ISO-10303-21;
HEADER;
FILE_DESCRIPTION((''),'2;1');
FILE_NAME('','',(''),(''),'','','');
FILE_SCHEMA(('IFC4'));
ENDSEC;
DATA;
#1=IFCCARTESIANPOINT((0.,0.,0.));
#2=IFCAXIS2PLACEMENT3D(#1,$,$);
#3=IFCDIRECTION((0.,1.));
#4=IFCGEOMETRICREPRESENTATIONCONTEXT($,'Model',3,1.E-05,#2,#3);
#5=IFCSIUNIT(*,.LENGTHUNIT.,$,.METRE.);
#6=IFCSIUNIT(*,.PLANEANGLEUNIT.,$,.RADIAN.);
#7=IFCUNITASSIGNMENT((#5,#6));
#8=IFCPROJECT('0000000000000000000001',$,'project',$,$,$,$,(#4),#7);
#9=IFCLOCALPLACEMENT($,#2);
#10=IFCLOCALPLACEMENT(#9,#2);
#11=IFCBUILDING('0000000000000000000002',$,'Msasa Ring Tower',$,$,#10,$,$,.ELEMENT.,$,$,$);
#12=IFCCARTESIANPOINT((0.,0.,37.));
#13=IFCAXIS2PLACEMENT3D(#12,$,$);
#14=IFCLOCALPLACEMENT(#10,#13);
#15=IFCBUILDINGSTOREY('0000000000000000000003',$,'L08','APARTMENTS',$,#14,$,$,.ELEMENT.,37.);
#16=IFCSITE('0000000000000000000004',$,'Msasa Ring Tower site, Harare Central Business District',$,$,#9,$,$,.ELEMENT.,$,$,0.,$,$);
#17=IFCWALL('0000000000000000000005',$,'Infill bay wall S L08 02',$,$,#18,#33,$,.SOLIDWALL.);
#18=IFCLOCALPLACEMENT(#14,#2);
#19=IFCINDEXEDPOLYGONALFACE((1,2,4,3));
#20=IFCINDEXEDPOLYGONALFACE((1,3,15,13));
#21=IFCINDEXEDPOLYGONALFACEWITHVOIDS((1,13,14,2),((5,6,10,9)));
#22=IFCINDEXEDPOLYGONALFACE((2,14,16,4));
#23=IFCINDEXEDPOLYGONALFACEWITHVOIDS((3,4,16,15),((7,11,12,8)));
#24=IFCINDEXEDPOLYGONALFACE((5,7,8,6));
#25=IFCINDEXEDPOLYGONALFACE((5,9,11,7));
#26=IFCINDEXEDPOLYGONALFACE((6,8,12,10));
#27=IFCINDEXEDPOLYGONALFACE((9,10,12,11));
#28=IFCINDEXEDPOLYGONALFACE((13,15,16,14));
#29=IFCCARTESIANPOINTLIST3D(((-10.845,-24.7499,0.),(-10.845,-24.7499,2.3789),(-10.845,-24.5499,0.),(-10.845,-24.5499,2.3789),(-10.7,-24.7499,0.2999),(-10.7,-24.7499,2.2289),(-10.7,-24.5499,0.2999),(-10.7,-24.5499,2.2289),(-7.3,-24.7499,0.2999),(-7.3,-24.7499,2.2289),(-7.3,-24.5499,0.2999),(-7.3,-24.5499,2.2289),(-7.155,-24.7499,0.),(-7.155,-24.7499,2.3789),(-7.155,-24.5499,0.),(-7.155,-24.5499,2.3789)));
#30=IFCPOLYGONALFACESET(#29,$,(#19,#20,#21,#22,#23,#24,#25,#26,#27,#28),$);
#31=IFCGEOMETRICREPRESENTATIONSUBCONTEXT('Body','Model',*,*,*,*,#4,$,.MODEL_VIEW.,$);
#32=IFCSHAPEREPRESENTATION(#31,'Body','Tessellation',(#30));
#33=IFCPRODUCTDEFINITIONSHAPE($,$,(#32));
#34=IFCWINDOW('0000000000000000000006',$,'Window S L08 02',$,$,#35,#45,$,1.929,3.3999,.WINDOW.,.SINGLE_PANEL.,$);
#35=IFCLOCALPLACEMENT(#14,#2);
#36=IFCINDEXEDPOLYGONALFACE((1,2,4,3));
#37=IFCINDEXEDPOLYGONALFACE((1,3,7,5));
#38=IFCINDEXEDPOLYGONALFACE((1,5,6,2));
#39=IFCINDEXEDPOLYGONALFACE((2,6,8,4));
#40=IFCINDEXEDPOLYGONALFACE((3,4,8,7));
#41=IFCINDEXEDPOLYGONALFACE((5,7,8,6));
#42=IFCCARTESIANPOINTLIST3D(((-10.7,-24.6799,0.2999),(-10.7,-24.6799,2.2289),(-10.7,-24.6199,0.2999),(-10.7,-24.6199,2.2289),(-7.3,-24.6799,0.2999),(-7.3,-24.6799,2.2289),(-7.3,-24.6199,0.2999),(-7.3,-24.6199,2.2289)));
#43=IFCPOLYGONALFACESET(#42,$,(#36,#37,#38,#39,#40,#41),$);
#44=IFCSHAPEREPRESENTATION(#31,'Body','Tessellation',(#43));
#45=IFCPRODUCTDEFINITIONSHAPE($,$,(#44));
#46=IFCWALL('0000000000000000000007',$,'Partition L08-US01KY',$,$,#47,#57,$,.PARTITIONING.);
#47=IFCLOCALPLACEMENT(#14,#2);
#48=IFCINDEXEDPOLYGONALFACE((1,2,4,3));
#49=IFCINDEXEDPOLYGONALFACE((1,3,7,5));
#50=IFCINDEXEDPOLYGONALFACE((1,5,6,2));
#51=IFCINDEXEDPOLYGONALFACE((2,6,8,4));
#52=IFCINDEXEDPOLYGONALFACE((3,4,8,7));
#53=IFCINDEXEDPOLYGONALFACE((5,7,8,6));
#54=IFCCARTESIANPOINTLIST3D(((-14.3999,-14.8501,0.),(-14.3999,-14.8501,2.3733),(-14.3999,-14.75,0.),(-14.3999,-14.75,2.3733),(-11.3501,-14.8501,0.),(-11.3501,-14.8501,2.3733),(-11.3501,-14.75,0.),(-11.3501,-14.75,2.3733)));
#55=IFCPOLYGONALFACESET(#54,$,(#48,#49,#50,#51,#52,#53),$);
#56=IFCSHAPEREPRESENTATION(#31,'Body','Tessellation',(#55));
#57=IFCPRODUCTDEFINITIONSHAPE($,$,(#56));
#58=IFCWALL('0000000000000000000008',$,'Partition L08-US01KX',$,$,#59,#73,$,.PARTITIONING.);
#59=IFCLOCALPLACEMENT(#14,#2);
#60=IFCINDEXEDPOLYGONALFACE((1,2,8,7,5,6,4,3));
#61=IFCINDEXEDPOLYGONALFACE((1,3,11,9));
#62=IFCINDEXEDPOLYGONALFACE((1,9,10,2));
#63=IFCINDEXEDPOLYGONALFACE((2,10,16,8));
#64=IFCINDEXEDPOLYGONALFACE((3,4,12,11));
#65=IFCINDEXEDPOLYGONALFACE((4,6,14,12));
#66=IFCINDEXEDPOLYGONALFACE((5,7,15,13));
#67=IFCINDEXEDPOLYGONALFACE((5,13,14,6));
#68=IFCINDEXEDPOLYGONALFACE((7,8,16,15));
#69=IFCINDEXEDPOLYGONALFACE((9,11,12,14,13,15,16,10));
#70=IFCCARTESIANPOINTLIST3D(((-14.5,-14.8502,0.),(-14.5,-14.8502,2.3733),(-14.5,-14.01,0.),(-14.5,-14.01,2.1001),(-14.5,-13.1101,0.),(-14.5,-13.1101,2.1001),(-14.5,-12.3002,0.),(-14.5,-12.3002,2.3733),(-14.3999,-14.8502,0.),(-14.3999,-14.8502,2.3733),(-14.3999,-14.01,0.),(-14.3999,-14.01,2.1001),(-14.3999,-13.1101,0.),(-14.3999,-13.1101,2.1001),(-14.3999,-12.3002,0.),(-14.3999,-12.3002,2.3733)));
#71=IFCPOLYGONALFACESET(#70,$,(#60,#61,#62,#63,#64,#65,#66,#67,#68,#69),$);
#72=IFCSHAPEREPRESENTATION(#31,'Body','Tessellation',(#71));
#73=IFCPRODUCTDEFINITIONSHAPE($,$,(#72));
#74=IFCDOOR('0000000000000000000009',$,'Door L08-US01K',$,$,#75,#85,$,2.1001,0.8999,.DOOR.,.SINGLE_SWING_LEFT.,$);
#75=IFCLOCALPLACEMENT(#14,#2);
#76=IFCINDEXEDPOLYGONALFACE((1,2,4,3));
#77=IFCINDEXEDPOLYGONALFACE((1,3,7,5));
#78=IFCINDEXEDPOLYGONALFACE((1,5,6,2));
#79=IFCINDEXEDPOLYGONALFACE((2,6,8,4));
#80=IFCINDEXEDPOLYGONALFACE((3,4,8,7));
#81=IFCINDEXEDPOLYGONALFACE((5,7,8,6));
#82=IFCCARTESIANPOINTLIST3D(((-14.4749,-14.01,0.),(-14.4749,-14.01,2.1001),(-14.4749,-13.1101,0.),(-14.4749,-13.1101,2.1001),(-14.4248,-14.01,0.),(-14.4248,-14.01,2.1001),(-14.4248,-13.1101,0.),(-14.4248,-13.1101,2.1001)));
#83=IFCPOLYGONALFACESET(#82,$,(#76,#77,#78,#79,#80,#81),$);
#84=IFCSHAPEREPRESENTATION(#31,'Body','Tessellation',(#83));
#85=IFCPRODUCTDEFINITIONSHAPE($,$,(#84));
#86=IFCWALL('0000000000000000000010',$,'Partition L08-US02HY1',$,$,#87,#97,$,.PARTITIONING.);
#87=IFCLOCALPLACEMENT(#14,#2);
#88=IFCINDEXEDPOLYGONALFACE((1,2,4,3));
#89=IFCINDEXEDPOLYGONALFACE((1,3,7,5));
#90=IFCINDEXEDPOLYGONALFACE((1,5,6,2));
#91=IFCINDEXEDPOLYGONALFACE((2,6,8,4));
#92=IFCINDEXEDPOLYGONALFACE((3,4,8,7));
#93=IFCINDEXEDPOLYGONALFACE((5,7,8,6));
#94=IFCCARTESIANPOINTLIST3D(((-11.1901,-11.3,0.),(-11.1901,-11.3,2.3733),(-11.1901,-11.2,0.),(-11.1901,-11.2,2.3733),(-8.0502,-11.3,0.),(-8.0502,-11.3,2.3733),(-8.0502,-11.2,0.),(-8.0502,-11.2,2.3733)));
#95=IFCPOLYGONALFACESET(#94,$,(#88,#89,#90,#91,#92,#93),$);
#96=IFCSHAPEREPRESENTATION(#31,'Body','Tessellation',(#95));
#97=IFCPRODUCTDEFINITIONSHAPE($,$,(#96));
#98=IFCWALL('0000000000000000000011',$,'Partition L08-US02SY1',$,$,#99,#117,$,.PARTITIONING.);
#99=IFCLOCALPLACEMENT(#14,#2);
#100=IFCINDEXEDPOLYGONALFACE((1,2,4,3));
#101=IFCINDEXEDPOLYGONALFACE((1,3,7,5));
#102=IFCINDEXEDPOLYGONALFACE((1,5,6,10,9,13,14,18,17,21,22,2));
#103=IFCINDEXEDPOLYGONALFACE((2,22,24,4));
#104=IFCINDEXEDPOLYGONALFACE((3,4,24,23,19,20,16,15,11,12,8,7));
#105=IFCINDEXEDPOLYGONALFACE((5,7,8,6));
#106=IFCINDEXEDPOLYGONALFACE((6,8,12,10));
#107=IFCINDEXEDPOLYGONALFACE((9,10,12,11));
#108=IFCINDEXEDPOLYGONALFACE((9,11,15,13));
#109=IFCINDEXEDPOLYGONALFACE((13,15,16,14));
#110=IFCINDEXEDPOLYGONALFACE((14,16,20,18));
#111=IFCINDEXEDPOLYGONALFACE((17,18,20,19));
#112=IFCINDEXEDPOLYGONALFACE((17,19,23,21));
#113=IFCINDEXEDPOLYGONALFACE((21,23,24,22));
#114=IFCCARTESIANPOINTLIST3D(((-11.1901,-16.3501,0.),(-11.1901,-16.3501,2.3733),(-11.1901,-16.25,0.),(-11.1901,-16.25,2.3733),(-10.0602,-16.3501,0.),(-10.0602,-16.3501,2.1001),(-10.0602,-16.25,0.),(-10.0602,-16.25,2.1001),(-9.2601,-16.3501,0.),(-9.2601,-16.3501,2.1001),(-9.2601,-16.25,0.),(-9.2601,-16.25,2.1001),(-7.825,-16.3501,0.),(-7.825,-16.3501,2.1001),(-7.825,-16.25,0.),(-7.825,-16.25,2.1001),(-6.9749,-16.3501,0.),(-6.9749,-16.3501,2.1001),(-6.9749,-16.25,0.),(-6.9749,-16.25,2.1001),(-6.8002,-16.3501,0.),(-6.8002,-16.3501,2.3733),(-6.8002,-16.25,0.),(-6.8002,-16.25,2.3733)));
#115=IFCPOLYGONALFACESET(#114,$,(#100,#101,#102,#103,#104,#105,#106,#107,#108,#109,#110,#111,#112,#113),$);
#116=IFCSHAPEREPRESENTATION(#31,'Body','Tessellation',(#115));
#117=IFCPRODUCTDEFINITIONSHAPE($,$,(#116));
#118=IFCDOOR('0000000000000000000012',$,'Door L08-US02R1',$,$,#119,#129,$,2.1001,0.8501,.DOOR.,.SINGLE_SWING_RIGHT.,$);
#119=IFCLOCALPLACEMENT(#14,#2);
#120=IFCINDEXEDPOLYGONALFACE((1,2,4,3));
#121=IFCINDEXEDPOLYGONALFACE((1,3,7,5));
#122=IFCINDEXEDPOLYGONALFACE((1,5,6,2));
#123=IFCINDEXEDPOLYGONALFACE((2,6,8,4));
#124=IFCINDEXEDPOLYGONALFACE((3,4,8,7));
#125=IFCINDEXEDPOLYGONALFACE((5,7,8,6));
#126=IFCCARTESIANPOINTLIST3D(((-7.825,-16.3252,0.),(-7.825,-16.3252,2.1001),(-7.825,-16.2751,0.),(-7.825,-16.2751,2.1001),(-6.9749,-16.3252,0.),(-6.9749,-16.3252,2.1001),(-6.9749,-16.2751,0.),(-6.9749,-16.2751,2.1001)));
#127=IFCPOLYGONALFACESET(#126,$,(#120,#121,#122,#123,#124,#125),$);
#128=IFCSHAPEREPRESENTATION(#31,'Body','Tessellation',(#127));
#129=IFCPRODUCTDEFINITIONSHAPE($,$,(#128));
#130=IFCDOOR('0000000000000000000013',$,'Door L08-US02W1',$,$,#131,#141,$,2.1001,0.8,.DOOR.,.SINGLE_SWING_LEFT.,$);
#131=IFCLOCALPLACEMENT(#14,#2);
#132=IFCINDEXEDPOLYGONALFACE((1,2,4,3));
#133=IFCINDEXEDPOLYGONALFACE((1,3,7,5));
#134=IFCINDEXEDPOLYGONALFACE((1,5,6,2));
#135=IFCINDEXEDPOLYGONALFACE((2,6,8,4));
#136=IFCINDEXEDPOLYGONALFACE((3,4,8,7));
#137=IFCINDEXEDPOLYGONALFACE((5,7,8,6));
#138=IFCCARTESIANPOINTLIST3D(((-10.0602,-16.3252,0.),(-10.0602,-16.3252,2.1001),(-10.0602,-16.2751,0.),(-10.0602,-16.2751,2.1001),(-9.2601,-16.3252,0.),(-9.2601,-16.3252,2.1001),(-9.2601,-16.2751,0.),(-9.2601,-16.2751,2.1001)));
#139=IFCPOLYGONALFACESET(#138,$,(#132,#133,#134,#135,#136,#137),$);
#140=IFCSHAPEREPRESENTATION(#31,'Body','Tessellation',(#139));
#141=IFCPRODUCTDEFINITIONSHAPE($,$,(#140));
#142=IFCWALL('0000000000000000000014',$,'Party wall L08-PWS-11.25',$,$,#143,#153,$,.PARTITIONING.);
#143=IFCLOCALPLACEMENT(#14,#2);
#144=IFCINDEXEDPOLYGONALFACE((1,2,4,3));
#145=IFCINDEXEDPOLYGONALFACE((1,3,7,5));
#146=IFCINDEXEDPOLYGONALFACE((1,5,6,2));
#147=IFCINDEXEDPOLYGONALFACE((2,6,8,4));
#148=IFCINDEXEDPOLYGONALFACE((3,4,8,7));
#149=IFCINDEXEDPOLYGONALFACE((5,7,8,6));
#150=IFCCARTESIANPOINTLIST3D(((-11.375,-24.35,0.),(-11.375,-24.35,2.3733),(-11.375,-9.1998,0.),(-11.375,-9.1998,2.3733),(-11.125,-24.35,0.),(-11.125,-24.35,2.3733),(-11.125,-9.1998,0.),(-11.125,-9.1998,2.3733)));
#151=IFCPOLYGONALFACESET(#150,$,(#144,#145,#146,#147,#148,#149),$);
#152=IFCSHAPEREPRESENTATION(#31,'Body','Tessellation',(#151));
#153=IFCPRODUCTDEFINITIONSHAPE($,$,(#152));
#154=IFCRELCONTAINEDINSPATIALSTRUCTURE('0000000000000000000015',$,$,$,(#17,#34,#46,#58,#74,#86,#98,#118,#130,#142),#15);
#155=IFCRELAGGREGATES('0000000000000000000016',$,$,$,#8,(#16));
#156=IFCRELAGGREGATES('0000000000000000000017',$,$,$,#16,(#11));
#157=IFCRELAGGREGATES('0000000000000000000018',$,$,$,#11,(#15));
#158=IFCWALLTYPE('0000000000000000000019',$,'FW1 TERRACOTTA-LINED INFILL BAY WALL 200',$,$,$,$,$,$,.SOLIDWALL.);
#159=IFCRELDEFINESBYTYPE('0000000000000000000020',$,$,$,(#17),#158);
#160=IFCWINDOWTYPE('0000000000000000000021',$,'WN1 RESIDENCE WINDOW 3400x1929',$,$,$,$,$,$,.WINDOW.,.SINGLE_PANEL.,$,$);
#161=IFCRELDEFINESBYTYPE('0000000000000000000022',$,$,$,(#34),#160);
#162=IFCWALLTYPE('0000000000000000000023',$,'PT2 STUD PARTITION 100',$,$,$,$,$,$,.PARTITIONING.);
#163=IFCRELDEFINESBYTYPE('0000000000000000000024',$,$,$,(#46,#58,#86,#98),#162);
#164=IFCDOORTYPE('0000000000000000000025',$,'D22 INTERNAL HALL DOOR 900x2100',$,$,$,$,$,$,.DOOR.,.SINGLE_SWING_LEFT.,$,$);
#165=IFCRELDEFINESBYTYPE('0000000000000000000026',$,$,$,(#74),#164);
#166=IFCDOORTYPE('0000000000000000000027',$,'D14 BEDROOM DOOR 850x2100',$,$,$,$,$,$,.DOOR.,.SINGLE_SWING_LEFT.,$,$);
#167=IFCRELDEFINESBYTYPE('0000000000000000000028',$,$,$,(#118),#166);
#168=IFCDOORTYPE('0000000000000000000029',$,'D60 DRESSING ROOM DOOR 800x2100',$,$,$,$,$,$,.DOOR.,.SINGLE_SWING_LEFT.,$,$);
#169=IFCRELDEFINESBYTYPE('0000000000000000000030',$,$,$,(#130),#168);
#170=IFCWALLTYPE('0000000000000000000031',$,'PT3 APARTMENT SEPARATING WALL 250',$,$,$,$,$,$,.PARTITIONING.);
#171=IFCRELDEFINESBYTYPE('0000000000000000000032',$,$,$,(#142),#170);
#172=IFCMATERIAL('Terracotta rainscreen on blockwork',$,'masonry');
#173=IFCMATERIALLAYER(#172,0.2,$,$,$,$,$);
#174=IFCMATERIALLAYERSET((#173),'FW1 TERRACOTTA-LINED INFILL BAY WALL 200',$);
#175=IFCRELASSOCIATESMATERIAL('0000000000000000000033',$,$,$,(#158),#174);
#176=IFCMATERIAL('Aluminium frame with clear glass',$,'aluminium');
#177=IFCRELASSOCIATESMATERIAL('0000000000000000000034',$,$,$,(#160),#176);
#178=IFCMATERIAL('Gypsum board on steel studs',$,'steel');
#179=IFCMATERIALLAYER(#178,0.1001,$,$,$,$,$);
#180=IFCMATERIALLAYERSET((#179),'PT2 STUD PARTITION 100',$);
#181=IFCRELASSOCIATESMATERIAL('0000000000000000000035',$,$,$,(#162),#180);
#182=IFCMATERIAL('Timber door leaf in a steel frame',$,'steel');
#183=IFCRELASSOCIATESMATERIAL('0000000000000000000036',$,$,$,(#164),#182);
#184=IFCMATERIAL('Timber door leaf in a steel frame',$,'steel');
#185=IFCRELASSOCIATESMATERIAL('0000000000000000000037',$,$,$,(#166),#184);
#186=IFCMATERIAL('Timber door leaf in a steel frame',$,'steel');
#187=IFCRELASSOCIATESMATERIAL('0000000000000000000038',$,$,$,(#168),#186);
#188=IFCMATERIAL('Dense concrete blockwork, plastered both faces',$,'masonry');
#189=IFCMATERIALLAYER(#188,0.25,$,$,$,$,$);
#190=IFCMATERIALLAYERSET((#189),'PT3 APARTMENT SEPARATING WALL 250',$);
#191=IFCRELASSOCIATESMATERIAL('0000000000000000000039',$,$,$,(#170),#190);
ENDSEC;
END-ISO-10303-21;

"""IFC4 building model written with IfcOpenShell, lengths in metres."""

from ifc_helpers import new_model, si_unit, direction, frame, frame_2d, origin, place, context, subcontext, project, spatial, rectangle, extrude, material, layer, layer_set, type_object, element, fill, save


model = new_model("IFC4")

# Units and contexts
model_context = context("Model", 3, precision=1e-05, world=origin(), true_north=direction((0.0, 1.0)))
body_context = subcontext(model_context, "Body", "Model", "MODEL_VIEW")
ifc_project = project(units=[si_unit("LENGTHUNIT", "METRE"), si_unit("PLANEANGLEUNIT", "RADIAN")], contexts=[model_context])

# Site, building, storey
site_placement = place(None, origin())
site = spatial("IfcSite", under=ifc_project, at=site_placement, Name="Msasa Ring Tower site, Harare Central Business District", CompositionType="ELEMENT", RefElevation=0.0)
building_placement = place(site_placement, origin())
building = spatial("IfcBuilding", under=site, at=building_placement, Name="Msasa Ring Tower", CompositionType="ELEMENT")
storey_placement = place(building_placement, frame((0.0, 0.0, 37.0)))
storey = spatial("IfcBuildingStorey", under=building, at=storey_placement, Name="L08", Description="APARTMENTS", CompositionType="ELEMENT", Elevation=37.0)

# Wall, opening, window
ifc_material_1 = material(Name="Terracotta rainscreen on blockwork", Category="masonry")
ifc_layer_1 = layer(ifc_material_1, 0.2)
ifc_layer_set_1 = layer_set([ifc_layer_1], Name="FW1 TERRACOTTA-LINED INFILL BAY WALL 200")
wall_type_1 = type_object("IfcWallType", Name="FW1 TERRACOTTA-LINED INFILL BAY WALL 200", PredefinedType="SOLIDWALL", material=ifc_layer_set_1)
wall_1_placement = place(storey_placement, frame((-10.845, -24.6499, 0.0), z_axis=(0.0, 0.0, 1.0), x_axis=(1.0, 0.0, 0.0)))
wall_1 = element("IfcWall", 1, at=wall_1_placement, inside=storey, type_object=wall_type_1, Name="Infill bay wall S L08 02", PredefinedType="SOLIDWALL", context=body_context, shape_type="SweptSolid", body=[
    extrude(rectangle(XDim=3.6899, YDim=0.2, at=frame_2d((1.845, 0.0))), origin(), (0.0, 0.0, 1.0), 2.3789),
])
opening_1_placement = place(wall_1_placement, frame((0.145, 0.0, 0.3)))
opening_1 = element("IfcOpeningElement", 2, at=opening_1_placement, cuts=wall_1, PredefinedType="OPENING", context=body_context, shape_type="SweptSolid", body=[
    extrude(rectangle(XDim=3.3999, YDim=1.929, at=frame_2d((1.7, 0.9644))), frame((0.0, 0.1099, 0.0), z_axis=(0.0, -1.0, 0.0), x_axis=(1.0, 0.0, 0.0)), (0.0, 0.0, 1.0), 0.22),
])
ifc_material_2 = material(Name="Aluminium frame with clear glass", Category="aluminium")
window_type = type_object("IfcWindowType", Name="WN1 RESIDENCE WINDOW 3400x1929", PartitioningType="SINGLE_PANEL", PredefinedType="WINDOW", material=ifc_material_2)
window_placement = place(opening_1_placement, origin())
window = element("IfcWindow", 3, at=window_placement, inside=storey, type_object=window_type, Name="Window S L08 02", OverallHeight=1.929, OverallWidth=3.3999, PartitioningType="SINGLE_PANEL", PredefinedType="WINDOW", context=body_context, shape_type="SweptSolid", body=[
    extrude(rectangle(XDim=3.3999, YDim=1.929, at=frame_2d((1.7, 0.9644))), frame((0.0, 0.03, 0.0), z_axis=(0.0, -1.0, 0.0), x_axis=(1.0, 0.0, 0.0)), (0.0, 0.0, 1.0), 0.0601),
])
fill(opening_1, window)

# Wall
ifc_material_3 = material(Name="Gypsum board on steel studs", Category="steel")
ifc_layer_2 = layer(ifc_material_3, 0.1001)
ifc_layer_set_2 = layer_set([ifc_layer_2], Name="PT2 STUD PARTITION 100")
wall_type_2 = type_object("IfcWallType", Name="PT2 STUD PARTITION 100", PredefinedType="PARTITIONING", material=ifc_layer_set_2)
wall_2_placement = place(storey_placement, frame((-14.3999, -14.8, 0.0), z_axis=(0.0, 0.0, 1.0), x_axis=(1.0, 0.0, 0.0)))
element("IfcWall", 4, at=wall_2_placement, inside=storey, type_object=wall_type_2, Name="Partition L08-US01KY", PredefinedType="PARTITIONING", context=body_context, shape_type="SweptSolid", body=[
    extrude(rectangle(XDim=3.0498, YDim=0.1001, at=frame_2d((1.5249, 0.0))), origin(), (0.0, 0.0, 1.0), 2.3733),
])

# Wall, opening, door
wall_3_placement = place(storey_placement, frame((-14.45, -14.8501, 0.0), z_axis=(0.0, 0.0, 1.0), x_axis=(0.0, 1.0, 0.0)))
wall_3 = element("IfcWall", 5, at=wall_3_placement, inside=storey, type_object=wall_type_2, Name="Partition L08-US01KX", PredefinedType="PARTITIONING", context=body_context, shape_type="SweptSolid", body=[
    extrude(rectangle(XDim=2.55, YDim=0.1001, at=frame_2d((1.2749, 0.0))), origin(), (0.0, 0.0, 1.0), 2.3733),
])
opening_2_placement = place(wall_3_placement, frame((0.8401, 0.0, 0.0)))
opening_2 = element("IfcOpeningElement", 6, at=opening_2_placement, cuts=wall_3, PredefinedType="OPENING", context=body_context, shape_type="SweptSolid", body=[
    extrude(rectangle(XDim=0.8999, YDim=2.1001, at=frame_2d((0.45, 1.05))), frame((0.0, 0.0601, 0.0), z_axis=(0.0, -1.0, 0.0), x_axis=(1.0, 0.0, 0.0)), (0.0, 0.0, 1.0), 0.1201),
])
ifc_material_4 = material(Name="Timber door leaf in a steel frame", Category="steel")
door_type_1 = type_object("IfcDoorType", Name="D22 INTERNAL HALL DOOR 900x2100", OperationType="SINGLE_SWING_LEFT", PredefinedType="DOOR", material=ifc_material_4)
door_1_placement = place(opening_2_placement, origin())
door_1 = element("IfcDoor", 7, at=door_1_placement, inside=storey, type_object=door_type_1, Name="Door L08-US01K", OperationType="SINGLE_SWING_LEFT", OverallHeight=2.1001, OverallWidth=0.8999, PredefinedType="DOOR", context=body_context, shape_type="SweptSolid", body=[
    extrude(rectangle(XDim=0.8999, YDim=2.1001, at=frame_2d((0.45, 1.05))), frame((0.0, 0.0249, 0.0), z_axis=(0.0, -1.0, 0.0), x_axis=(1.0, 0.0, 0.0)), (0.0, 0.0, 1.0), 0.05),
])
fill(opening_2, door_1)

# Wall
wall_4_placement = place(storey_placement, frame((-11.1899, -11.25, 0.0), z_axis=(0.0, 0.0, 1.0), x_axis=(1.0, 0.0, 0.0)))
element("IfcWall", 8, at=wall_4_placement, inside=storey, type_object=wall_type_2, Name="Partition L08-US02HY1", PredefinedType="PARTITIONING", context=body_context, shape_type="SweptSolid", body=[
    extrude(rectangle(XDim=3.1399, YDim=0.1001, at=frame_2d((1.5698, 0.0))), origin(), (0.0, 0.0, 1.0), 2.3733),
])

# Wall, openings, doors
wall_5_placement = place(storey_placement, frame((-11.1899, -16.3, 0.0), z_axis=(0.0, 0.0, 1.0), x_axis=(1.0, 0.0, 0.0)))
wall_5 = element("IfcWall", 9, at=wall_5_placement, inside=storey, type_object=wall_type_2, Name="Partition L08-US02SY1", PredefinedType="PARTITIONING", context=body_context, shape_type="SweptSolid", body=[
    extrude(rectangle(XDim=4.3899, YDim=0.1001, at=frame_2d((2.1948, 0.0))), origin(), (0.0, 0.0, 1.0), 2.3733),
])
opening_3_placement = place(wall_5_placement, frame((3.365, 0.0, 0.0)))
opening_3 = element("IfcOpeningElement", 10, at=opening_3_placement, cuts=wall_5, PredefinedType="OPENING", context=body_context, shape_type="SweptSolid", body=[
    extrude(rectangle(XDim=0.8501, YDim=2.1001, at=frame_2d((0.425, 1.05))), frame((0.0, 0.0601, 0.0), z_axis=(0.0, -1.0, 0.0), x_axis=(1.0, 0.0, 0.0)), (0.0, 0.0, 1.0), 0.1201),
])
opening_4_placement = place(wall_5_placement, frame((1.1299, 0.0, 0.0)))
opening_4 = element("IfcOpeningElement", 11, at=opening_4_placement, cuts=wall_5, PredefinedType="OPENING", context=body_context, shape_type="SweptSolid", body=[
    extrude(rectangle(XDim=0.8, YDim=2.1001, at=frame_2d((0.3999, 1.05))), frame((0.0, 0.0601, 0.0), z_axis=(0.0, -1.0, 0.0), x_axis=(1.0, 0.0, 0.0)), (0.0, 0.0, 1.0), 0.1201),
])
ifc_material_5 = material(Name="Timber door leaf in a steel frame", Category="steel")
door_type_2 = type_object("IfcDoorType", Name="D14 BEDROOM DOOR 850x2100", OperationType="SINGLE_SWING_LEFT", PredefinedType="DOOR", material=ifc_material_5)
door_2_placement = place(opening_3_placement, origin())
door_2 = element("IfcDoor", 12, at=door_2_placement, inside=storey, type_object=door_type_2, Name="Door L08-US02R1", OperationType="SINGLE_SWING_RIGHT", OverallHeight=2.1001, OverallWidth=0.8501, PredefinedType="DOOR", context=body_context, shape_type="SweptSolid", body=[
    extrude(rectangle(XDim=0.8501, YDim=2.1001, at=frame_2d((0.425, 1.05))), frame((0.0, 0.0249, 0.0), z_axis=(0.0, -1.0, 0.0), x_axis=(1.0, 0.0, 0.0)), (0.0, 0.0, 1.0), 0.05),
])
fill(opening_3, door_2)
ifc_material_6 = material(Name="Timber door leaf in a steel frame", Category="steel")
door_type_3 = type_object("IfcDoorType", Name="D60 DRESSING ROOM DOOR 800x2100", OperationType="SINGLE_SWING_LEFT", PredefinedType="DOOR", material=ifc_material_6)
door_3_placement = place(opening_4_placement, origin())
door_3 = element("IfcDoor", 13, at=door_3_placement, inside=storey, type_object=door_type_3, Name="Door L08-US02W1", OperationType="SINGLE_SWING_LEFT", OverallHeight=2.1001, OverallWidth=0.8, PredefinedType="DOOR", context=body_context, shape_type="SweptSolid", body=[
    extrude(rectangle(XDim=0.8, YDim=2.1001, at=frame_2d((0.3999, 1.05))), frame((0.0, 0.0249, 0.0), z_axis=(0.0, -1.0, 0.0), x_axis=(1.0, 0.0, 0.0)), (0.0, 0.0, 1.0), 0.05),
])
fill(opening_4, door_3)

# Wall
ifc_material_7 = material(Name="Dense concrete blockwork, plastered both faces", Category="masonry")
ifc_layer_3 = layer(ifc_material_7, 0.25)
ifc_layer_set_3 = layer_set([ifc_layer_3], Name="PT3 APARTMENT SEPARATING WALL 250")
wall_type_3 = type_object("IfcWallType", Name="PT3 APARTMENT SEPARATING WALL 250", PredefinedType="PARTITIONING", material=ifc_layer_set_3)
wall_6_placement = place(storey_placement, frame((-11.25, -24.3501, 0.0), z_axis=(0.0, 0.0, 1.0), x_axis=(0.0, 1.0, 0.0)))
element("IfcWall", 14, at=wall_6_placement, inside=storey, type_object=wall_type_3, Name="Party wall L08-PWS-11.25", PredefinedType="PARTITIONING", context=body_context, shape_type="SweptSolid", body=[
    extrude(rectangle(XDim=15.1501, YDim=0.25, at=frame_2d((7.5752, 0.0))), origin(), (0.0, 0.0, 1.0), 2.3733),
])

save(model, "model.ifc")
